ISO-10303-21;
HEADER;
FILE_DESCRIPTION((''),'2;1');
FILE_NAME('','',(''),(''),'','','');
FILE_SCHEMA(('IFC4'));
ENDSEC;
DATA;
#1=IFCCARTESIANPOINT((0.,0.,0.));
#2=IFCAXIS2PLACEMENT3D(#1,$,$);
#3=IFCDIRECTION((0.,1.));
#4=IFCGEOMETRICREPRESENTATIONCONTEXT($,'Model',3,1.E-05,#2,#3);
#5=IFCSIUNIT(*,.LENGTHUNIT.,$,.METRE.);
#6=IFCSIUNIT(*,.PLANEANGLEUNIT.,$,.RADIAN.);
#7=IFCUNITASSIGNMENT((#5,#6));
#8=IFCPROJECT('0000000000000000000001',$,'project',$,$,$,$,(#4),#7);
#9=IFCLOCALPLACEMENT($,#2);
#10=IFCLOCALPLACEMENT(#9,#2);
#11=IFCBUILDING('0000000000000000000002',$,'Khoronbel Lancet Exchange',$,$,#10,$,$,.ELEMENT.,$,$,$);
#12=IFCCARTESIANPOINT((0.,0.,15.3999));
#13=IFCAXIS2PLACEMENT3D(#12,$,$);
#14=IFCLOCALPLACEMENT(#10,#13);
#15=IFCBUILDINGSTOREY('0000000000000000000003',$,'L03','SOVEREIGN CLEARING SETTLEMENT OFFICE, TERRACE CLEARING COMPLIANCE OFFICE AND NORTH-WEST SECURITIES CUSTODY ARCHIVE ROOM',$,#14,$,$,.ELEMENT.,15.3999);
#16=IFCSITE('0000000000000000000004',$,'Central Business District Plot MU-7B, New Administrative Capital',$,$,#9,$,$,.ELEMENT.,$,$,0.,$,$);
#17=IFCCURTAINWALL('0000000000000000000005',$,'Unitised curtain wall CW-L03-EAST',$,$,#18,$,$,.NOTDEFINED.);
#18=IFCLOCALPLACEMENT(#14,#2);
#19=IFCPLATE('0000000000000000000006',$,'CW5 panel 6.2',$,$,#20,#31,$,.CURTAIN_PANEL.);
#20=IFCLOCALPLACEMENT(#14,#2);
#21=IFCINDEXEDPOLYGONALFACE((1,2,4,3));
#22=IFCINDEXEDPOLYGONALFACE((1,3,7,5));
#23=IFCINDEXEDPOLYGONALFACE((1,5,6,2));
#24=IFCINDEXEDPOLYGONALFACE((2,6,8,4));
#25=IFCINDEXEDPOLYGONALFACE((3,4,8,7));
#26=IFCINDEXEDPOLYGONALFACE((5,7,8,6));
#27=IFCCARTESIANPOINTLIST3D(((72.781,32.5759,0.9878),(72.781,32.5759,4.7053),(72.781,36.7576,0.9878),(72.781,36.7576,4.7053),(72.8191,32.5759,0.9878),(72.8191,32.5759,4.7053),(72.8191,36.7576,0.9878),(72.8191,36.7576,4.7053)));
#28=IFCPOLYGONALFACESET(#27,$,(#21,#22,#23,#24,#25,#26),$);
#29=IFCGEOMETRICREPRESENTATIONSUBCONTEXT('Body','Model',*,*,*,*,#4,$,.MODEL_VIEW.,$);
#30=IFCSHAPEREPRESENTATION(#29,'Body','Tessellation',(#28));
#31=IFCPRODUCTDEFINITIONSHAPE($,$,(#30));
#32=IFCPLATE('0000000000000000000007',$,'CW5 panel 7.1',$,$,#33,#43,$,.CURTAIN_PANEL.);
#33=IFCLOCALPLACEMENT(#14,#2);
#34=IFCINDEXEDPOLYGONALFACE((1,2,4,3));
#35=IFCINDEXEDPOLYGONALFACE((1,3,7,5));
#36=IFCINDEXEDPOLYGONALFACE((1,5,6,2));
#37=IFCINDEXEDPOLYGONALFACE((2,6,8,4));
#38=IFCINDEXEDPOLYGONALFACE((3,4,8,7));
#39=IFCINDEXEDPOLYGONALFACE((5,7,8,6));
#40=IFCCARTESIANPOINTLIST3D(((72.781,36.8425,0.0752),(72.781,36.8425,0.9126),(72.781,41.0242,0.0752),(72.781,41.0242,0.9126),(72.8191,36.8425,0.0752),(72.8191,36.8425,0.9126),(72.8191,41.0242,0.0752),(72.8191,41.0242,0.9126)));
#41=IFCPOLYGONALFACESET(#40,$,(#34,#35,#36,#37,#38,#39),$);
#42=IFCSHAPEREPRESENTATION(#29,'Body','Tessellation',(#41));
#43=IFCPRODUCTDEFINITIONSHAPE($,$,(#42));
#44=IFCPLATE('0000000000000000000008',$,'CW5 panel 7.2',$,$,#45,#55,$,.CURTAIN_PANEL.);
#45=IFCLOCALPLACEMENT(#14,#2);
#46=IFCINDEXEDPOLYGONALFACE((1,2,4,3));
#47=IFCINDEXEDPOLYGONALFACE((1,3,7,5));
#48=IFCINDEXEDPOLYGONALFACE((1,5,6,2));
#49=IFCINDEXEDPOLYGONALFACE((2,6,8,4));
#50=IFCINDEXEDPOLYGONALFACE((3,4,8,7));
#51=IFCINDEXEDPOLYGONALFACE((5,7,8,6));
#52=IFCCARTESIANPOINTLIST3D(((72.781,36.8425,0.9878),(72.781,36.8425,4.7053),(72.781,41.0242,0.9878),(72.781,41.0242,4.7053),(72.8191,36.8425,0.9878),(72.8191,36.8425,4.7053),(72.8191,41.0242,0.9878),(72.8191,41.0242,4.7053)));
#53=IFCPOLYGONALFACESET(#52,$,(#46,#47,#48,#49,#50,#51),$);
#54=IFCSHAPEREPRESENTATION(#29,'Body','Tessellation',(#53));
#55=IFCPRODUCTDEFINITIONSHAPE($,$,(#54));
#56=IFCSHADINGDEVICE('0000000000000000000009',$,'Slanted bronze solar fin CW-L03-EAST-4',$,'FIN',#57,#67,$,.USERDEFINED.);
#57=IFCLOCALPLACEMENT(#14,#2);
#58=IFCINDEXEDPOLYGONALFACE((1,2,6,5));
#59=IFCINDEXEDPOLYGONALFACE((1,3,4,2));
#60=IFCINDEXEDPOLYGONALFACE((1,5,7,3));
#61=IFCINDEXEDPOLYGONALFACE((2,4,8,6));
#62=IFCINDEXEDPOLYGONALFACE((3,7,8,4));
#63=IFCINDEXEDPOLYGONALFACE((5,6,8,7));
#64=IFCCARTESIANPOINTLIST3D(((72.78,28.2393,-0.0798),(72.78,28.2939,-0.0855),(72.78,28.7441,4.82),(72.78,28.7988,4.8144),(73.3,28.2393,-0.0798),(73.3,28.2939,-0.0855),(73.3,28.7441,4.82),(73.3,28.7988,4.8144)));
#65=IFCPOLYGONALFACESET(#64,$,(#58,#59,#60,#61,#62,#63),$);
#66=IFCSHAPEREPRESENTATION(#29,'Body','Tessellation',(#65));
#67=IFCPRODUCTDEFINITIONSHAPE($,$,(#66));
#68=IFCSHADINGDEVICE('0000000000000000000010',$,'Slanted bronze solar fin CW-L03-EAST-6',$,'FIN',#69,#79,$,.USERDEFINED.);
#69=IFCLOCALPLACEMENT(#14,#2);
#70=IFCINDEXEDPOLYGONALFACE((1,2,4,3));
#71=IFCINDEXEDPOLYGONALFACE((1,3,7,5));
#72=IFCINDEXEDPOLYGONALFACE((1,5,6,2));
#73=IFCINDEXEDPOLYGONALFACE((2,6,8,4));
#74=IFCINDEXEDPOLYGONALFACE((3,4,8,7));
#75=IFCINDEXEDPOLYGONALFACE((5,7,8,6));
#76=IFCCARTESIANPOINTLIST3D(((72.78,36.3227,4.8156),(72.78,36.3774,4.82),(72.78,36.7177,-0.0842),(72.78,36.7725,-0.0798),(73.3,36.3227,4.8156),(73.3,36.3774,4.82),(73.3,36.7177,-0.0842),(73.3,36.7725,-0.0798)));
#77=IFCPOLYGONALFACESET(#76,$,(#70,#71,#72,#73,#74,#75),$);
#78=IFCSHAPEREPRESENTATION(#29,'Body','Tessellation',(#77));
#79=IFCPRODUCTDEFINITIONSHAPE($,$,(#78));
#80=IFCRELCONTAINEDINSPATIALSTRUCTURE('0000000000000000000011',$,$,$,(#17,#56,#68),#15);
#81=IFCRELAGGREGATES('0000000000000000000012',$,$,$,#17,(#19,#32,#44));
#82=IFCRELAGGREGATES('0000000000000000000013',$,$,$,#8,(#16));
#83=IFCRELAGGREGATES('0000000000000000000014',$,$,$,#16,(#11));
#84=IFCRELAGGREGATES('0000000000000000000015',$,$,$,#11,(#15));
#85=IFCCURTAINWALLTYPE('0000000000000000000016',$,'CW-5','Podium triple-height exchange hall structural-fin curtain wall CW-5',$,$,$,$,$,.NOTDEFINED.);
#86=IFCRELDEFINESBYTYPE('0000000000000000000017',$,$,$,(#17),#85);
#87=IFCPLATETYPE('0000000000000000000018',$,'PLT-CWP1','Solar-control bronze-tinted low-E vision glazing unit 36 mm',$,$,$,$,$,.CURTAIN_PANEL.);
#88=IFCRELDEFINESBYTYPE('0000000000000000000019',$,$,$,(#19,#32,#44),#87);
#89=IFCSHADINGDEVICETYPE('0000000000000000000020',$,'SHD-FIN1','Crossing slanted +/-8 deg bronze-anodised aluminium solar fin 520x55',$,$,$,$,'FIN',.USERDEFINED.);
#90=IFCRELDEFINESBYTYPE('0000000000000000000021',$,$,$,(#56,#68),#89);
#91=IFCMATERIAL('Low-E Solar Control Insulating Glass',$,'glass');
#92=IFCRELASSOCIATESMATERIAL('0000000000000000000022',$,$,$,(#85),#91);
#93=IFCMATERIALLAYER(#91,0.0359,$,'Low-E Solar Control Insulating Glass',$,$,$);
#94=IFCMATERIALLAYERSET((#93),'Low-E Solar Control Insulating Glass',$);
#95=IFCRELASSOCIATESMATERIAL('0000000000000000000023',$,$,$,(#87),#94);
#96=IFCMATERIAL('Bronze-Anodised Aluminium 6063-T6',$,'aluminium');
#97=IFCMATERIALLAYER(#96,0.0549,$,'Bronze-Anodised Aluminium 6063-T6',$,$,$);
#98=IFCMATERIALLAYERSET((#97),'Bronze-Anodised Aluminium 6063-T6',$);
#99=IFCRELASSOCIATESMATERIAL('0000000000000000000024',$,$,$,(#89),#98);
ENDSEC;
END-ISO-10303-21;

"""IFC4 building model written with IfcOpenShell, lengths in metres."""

from ifc_helpers import new_model, si_unit, direction, frame, origin, origin_2d, place, context, subcontext, project, spatial, polyline, rectangle, outline, extrude, material, layer, layer_set, type_object, element, aggregate, save


model = new_model("IFC4")

# Units and contexts
model_context = context("Model", 3, precision=1e-05, world=origin(), true_north=direction((0.0, 1.0)))
body_context = subcontext(model_context, "Body", "Model", "MODEL_VIEW")
ifc_project = project(units=[si_unit("LENGTHUNIT", "METRE"), si_unit("PLANEANGLEUNIT", "RADIAN")], contexts=[model_context])

# Site, building, storey
site_placement = place(None, origin())
site = spatial("IfcSite", under=ifc_project, at=site_placement, Name="Central Business District Plot MU-7B, New Administrative Capital", CompositionType="ELEMENT", RefElevation=0.0)
building_placement = place(site_placement, origin())
building = spatial("IfcBuilding", under=site, at=building_placement, Name="Khoronbel Lancet Exchange", CompositionType="ELEMENT")
storey_placement = place(building_placement, frame((0.0, 0.0, 15.3999)))
storey = spatial("IfcBuildingStorey", under=building, at=storey_placement, Name="L03", Description="SOVEREIGN CLEARING SETTLEMENT OFFICE, TERRACE CLEARING COMPLIANCE OFFICE AND NORTH-WEST SECURITIES CUSTODY ARCHIVE ROOM", CompositionType="ELEMENT", Elevation=15.3999)

# Curtain wall, plates
ifc_material_1 = material(Name="Low-E Solar Control Insulating Glass", Category="glass")
curtain_wall_type = type_object("IfcCurtainWallType", Name="CW-5", Description="Podium triple-height exchange hall structural-fin curtain wall CW-5", PredefinedType="NOTDEFINED", material=ifc_material_1)
curtain_wall_placement = place(storey_placement, origin())
curtain_wall = element("IfcCurtainWall", 1, at=curtain_wall_placement, inside=storey, type_object=curtain_wall_type, Name="Unitised curtain wall CW-L03-EAST", PredefinedType="NOTDEFINED")
ifc_material_2 = material(Name="Bronze-Anodised Aluminium 6063-T6", Category="aluminium")
ifc_layer_1 = layer(ifc_material_1, 0.0359, Name="Low-E Solar Control Insulating Glass")
ifc_layer_set_1 = layer_set([ifc_layer_1], Name="Low-E Solar Control Insulating Glass")
plate_type = type_object("IfcPlateType", Name="PLT-CWP1", Description="Solar-control bronze-tinted low-E vision glazing unit 36 mm", PredefinedType="CURTAIN_PANEL", material=ifc_layer_set_1)
plate_1_placement = place(storey_placement, frame((72.8, 34.6667, 0.9878), z_axis=(0.0, 0.0, 1.0), x_axis=(0.0, 1.0, 0.0)))
plate_1 = element("IfcPlate", 2, at=plate_1_placement, type_object=plate_type, Name="CW5 panel 6.2", PredefinedType="CURTAIN_PANEL", context=body_context, shape_type="SweptSolid", body=[
    extrude(rectangle(XDim=4.1816, YDim=0.0381, at=origin_2d()), origin(), (0.0, 0.0, 1.0), 3.7175),
])
plate_2_placement = place(storey_placement, frame((72.8, 38.9333, 0.0752), z_axis=(0.0, 0.0, 1.0), x_axis=(0.0, 1.0, 0.0)))
plate_2 = element("IfcPlate", 3, at=plate_2_placement, type_object=plate_type, Name="CW5 panel 7.1", PredefinedType="CURTAIN_PANEL", context=body_context, shape_type="SweptSolid", body=[
    extrude(rectangle(XDim=4.1816, YDim=0.0381, at=origin_2d()), origin(), (0.0, 0.0, 1.0), 0.8374),
])
plate_3_placement = place(storey_placement, frame((72.8, 38.9333, 0.9878), z_axis=(0.0, 0.0, 1.0), x_axis=(0.0, 1.0, 0.0)))
plate_3 = element("IfcPlate", 4, at=plate_3_placement, type_object=plate_type, Name="CW5 panel 7.2", PredefinedType="CURTAIN_PANEL", context=body_context, shape_type="SweptSolid", body=[
    extrude(rectangle(XDim=4.1816, YDim=0.0381, at=origin_2d()), origin(), (0.0, 0.0, 1.0), 3.7175),
])
aggregate(curtain_wall, [plate_1, plate_2, plate_3])

# Shading devices
ifc_layer_2 = layer(ifc_material_2, 0.0549, Name="Bronze-Anodised Aluminium 6063-T6")
ifc_layer_set_2 = layer_set([ifc_layer_2], Name="Bronze-Anodised Aluminium 6063-T6")
shading_device_type = type_object("IfcShadingDeviceType", Name="SHD-FIN1", Description="Crossing slanted +/-8 deg bronze-anodised aluminium solar fin 520x55", ElementType="FIN", PredefinedType="USERDEFINED", material=ifc_layer_set_2)
shading_device_1_placement = place(storey_placement, frame((72.78, 28.2393, -0.0798), z_axis=(0.0, -0.994733, 0.102497), x_axis=(1.0, 0.0, 0.0)))
element("IfcShadingDevice", 5, at=shading_device_1_placement, inside=storey, type_object=shading_device_type, Name="Slanted bronze solar fin CW-L03-EAST-4", ObjectType="FIN", PredefinedType="USERDEFINED", context=body_context, shape_type="SweptSolid", body=[
    extrude(outline(polyline([(0.0, 0.0), (0.52, 0.0), (0.52, 4.9258), (0.0, 4.9258), (0.0, 0.0)])), origin(), (0.0, 0.0, -1.0), 0.0549),
])
shading_device_2_placement = place(storey_placement, frame((72.78, 36.7725, -0.0798), z_axis=(0.0, 0.996766, 0.080357), x_axis=(1.0, 0.0, 0.0)))
element("IfcShadingDevice", 6, at=shading_device_2_placement, inside=storey, type_object=shading_device_type, Name="Slanted bronze solar fin CW-L03-EAST-6", ObjectType="FIN", PredefinedType="USERDEFINED", context=body_context, shape_type="SweptSolid", body=[
    extrude(outline(polyline([(0.0, 0.0), (0.52, 0.0), (0.52, -4.9158), (0.0, -4.9158), (0.0, 0.0)])), origin(), (0.0, 0.0, -1.0), 0.0549),
])

save(model, "model.ifc")
